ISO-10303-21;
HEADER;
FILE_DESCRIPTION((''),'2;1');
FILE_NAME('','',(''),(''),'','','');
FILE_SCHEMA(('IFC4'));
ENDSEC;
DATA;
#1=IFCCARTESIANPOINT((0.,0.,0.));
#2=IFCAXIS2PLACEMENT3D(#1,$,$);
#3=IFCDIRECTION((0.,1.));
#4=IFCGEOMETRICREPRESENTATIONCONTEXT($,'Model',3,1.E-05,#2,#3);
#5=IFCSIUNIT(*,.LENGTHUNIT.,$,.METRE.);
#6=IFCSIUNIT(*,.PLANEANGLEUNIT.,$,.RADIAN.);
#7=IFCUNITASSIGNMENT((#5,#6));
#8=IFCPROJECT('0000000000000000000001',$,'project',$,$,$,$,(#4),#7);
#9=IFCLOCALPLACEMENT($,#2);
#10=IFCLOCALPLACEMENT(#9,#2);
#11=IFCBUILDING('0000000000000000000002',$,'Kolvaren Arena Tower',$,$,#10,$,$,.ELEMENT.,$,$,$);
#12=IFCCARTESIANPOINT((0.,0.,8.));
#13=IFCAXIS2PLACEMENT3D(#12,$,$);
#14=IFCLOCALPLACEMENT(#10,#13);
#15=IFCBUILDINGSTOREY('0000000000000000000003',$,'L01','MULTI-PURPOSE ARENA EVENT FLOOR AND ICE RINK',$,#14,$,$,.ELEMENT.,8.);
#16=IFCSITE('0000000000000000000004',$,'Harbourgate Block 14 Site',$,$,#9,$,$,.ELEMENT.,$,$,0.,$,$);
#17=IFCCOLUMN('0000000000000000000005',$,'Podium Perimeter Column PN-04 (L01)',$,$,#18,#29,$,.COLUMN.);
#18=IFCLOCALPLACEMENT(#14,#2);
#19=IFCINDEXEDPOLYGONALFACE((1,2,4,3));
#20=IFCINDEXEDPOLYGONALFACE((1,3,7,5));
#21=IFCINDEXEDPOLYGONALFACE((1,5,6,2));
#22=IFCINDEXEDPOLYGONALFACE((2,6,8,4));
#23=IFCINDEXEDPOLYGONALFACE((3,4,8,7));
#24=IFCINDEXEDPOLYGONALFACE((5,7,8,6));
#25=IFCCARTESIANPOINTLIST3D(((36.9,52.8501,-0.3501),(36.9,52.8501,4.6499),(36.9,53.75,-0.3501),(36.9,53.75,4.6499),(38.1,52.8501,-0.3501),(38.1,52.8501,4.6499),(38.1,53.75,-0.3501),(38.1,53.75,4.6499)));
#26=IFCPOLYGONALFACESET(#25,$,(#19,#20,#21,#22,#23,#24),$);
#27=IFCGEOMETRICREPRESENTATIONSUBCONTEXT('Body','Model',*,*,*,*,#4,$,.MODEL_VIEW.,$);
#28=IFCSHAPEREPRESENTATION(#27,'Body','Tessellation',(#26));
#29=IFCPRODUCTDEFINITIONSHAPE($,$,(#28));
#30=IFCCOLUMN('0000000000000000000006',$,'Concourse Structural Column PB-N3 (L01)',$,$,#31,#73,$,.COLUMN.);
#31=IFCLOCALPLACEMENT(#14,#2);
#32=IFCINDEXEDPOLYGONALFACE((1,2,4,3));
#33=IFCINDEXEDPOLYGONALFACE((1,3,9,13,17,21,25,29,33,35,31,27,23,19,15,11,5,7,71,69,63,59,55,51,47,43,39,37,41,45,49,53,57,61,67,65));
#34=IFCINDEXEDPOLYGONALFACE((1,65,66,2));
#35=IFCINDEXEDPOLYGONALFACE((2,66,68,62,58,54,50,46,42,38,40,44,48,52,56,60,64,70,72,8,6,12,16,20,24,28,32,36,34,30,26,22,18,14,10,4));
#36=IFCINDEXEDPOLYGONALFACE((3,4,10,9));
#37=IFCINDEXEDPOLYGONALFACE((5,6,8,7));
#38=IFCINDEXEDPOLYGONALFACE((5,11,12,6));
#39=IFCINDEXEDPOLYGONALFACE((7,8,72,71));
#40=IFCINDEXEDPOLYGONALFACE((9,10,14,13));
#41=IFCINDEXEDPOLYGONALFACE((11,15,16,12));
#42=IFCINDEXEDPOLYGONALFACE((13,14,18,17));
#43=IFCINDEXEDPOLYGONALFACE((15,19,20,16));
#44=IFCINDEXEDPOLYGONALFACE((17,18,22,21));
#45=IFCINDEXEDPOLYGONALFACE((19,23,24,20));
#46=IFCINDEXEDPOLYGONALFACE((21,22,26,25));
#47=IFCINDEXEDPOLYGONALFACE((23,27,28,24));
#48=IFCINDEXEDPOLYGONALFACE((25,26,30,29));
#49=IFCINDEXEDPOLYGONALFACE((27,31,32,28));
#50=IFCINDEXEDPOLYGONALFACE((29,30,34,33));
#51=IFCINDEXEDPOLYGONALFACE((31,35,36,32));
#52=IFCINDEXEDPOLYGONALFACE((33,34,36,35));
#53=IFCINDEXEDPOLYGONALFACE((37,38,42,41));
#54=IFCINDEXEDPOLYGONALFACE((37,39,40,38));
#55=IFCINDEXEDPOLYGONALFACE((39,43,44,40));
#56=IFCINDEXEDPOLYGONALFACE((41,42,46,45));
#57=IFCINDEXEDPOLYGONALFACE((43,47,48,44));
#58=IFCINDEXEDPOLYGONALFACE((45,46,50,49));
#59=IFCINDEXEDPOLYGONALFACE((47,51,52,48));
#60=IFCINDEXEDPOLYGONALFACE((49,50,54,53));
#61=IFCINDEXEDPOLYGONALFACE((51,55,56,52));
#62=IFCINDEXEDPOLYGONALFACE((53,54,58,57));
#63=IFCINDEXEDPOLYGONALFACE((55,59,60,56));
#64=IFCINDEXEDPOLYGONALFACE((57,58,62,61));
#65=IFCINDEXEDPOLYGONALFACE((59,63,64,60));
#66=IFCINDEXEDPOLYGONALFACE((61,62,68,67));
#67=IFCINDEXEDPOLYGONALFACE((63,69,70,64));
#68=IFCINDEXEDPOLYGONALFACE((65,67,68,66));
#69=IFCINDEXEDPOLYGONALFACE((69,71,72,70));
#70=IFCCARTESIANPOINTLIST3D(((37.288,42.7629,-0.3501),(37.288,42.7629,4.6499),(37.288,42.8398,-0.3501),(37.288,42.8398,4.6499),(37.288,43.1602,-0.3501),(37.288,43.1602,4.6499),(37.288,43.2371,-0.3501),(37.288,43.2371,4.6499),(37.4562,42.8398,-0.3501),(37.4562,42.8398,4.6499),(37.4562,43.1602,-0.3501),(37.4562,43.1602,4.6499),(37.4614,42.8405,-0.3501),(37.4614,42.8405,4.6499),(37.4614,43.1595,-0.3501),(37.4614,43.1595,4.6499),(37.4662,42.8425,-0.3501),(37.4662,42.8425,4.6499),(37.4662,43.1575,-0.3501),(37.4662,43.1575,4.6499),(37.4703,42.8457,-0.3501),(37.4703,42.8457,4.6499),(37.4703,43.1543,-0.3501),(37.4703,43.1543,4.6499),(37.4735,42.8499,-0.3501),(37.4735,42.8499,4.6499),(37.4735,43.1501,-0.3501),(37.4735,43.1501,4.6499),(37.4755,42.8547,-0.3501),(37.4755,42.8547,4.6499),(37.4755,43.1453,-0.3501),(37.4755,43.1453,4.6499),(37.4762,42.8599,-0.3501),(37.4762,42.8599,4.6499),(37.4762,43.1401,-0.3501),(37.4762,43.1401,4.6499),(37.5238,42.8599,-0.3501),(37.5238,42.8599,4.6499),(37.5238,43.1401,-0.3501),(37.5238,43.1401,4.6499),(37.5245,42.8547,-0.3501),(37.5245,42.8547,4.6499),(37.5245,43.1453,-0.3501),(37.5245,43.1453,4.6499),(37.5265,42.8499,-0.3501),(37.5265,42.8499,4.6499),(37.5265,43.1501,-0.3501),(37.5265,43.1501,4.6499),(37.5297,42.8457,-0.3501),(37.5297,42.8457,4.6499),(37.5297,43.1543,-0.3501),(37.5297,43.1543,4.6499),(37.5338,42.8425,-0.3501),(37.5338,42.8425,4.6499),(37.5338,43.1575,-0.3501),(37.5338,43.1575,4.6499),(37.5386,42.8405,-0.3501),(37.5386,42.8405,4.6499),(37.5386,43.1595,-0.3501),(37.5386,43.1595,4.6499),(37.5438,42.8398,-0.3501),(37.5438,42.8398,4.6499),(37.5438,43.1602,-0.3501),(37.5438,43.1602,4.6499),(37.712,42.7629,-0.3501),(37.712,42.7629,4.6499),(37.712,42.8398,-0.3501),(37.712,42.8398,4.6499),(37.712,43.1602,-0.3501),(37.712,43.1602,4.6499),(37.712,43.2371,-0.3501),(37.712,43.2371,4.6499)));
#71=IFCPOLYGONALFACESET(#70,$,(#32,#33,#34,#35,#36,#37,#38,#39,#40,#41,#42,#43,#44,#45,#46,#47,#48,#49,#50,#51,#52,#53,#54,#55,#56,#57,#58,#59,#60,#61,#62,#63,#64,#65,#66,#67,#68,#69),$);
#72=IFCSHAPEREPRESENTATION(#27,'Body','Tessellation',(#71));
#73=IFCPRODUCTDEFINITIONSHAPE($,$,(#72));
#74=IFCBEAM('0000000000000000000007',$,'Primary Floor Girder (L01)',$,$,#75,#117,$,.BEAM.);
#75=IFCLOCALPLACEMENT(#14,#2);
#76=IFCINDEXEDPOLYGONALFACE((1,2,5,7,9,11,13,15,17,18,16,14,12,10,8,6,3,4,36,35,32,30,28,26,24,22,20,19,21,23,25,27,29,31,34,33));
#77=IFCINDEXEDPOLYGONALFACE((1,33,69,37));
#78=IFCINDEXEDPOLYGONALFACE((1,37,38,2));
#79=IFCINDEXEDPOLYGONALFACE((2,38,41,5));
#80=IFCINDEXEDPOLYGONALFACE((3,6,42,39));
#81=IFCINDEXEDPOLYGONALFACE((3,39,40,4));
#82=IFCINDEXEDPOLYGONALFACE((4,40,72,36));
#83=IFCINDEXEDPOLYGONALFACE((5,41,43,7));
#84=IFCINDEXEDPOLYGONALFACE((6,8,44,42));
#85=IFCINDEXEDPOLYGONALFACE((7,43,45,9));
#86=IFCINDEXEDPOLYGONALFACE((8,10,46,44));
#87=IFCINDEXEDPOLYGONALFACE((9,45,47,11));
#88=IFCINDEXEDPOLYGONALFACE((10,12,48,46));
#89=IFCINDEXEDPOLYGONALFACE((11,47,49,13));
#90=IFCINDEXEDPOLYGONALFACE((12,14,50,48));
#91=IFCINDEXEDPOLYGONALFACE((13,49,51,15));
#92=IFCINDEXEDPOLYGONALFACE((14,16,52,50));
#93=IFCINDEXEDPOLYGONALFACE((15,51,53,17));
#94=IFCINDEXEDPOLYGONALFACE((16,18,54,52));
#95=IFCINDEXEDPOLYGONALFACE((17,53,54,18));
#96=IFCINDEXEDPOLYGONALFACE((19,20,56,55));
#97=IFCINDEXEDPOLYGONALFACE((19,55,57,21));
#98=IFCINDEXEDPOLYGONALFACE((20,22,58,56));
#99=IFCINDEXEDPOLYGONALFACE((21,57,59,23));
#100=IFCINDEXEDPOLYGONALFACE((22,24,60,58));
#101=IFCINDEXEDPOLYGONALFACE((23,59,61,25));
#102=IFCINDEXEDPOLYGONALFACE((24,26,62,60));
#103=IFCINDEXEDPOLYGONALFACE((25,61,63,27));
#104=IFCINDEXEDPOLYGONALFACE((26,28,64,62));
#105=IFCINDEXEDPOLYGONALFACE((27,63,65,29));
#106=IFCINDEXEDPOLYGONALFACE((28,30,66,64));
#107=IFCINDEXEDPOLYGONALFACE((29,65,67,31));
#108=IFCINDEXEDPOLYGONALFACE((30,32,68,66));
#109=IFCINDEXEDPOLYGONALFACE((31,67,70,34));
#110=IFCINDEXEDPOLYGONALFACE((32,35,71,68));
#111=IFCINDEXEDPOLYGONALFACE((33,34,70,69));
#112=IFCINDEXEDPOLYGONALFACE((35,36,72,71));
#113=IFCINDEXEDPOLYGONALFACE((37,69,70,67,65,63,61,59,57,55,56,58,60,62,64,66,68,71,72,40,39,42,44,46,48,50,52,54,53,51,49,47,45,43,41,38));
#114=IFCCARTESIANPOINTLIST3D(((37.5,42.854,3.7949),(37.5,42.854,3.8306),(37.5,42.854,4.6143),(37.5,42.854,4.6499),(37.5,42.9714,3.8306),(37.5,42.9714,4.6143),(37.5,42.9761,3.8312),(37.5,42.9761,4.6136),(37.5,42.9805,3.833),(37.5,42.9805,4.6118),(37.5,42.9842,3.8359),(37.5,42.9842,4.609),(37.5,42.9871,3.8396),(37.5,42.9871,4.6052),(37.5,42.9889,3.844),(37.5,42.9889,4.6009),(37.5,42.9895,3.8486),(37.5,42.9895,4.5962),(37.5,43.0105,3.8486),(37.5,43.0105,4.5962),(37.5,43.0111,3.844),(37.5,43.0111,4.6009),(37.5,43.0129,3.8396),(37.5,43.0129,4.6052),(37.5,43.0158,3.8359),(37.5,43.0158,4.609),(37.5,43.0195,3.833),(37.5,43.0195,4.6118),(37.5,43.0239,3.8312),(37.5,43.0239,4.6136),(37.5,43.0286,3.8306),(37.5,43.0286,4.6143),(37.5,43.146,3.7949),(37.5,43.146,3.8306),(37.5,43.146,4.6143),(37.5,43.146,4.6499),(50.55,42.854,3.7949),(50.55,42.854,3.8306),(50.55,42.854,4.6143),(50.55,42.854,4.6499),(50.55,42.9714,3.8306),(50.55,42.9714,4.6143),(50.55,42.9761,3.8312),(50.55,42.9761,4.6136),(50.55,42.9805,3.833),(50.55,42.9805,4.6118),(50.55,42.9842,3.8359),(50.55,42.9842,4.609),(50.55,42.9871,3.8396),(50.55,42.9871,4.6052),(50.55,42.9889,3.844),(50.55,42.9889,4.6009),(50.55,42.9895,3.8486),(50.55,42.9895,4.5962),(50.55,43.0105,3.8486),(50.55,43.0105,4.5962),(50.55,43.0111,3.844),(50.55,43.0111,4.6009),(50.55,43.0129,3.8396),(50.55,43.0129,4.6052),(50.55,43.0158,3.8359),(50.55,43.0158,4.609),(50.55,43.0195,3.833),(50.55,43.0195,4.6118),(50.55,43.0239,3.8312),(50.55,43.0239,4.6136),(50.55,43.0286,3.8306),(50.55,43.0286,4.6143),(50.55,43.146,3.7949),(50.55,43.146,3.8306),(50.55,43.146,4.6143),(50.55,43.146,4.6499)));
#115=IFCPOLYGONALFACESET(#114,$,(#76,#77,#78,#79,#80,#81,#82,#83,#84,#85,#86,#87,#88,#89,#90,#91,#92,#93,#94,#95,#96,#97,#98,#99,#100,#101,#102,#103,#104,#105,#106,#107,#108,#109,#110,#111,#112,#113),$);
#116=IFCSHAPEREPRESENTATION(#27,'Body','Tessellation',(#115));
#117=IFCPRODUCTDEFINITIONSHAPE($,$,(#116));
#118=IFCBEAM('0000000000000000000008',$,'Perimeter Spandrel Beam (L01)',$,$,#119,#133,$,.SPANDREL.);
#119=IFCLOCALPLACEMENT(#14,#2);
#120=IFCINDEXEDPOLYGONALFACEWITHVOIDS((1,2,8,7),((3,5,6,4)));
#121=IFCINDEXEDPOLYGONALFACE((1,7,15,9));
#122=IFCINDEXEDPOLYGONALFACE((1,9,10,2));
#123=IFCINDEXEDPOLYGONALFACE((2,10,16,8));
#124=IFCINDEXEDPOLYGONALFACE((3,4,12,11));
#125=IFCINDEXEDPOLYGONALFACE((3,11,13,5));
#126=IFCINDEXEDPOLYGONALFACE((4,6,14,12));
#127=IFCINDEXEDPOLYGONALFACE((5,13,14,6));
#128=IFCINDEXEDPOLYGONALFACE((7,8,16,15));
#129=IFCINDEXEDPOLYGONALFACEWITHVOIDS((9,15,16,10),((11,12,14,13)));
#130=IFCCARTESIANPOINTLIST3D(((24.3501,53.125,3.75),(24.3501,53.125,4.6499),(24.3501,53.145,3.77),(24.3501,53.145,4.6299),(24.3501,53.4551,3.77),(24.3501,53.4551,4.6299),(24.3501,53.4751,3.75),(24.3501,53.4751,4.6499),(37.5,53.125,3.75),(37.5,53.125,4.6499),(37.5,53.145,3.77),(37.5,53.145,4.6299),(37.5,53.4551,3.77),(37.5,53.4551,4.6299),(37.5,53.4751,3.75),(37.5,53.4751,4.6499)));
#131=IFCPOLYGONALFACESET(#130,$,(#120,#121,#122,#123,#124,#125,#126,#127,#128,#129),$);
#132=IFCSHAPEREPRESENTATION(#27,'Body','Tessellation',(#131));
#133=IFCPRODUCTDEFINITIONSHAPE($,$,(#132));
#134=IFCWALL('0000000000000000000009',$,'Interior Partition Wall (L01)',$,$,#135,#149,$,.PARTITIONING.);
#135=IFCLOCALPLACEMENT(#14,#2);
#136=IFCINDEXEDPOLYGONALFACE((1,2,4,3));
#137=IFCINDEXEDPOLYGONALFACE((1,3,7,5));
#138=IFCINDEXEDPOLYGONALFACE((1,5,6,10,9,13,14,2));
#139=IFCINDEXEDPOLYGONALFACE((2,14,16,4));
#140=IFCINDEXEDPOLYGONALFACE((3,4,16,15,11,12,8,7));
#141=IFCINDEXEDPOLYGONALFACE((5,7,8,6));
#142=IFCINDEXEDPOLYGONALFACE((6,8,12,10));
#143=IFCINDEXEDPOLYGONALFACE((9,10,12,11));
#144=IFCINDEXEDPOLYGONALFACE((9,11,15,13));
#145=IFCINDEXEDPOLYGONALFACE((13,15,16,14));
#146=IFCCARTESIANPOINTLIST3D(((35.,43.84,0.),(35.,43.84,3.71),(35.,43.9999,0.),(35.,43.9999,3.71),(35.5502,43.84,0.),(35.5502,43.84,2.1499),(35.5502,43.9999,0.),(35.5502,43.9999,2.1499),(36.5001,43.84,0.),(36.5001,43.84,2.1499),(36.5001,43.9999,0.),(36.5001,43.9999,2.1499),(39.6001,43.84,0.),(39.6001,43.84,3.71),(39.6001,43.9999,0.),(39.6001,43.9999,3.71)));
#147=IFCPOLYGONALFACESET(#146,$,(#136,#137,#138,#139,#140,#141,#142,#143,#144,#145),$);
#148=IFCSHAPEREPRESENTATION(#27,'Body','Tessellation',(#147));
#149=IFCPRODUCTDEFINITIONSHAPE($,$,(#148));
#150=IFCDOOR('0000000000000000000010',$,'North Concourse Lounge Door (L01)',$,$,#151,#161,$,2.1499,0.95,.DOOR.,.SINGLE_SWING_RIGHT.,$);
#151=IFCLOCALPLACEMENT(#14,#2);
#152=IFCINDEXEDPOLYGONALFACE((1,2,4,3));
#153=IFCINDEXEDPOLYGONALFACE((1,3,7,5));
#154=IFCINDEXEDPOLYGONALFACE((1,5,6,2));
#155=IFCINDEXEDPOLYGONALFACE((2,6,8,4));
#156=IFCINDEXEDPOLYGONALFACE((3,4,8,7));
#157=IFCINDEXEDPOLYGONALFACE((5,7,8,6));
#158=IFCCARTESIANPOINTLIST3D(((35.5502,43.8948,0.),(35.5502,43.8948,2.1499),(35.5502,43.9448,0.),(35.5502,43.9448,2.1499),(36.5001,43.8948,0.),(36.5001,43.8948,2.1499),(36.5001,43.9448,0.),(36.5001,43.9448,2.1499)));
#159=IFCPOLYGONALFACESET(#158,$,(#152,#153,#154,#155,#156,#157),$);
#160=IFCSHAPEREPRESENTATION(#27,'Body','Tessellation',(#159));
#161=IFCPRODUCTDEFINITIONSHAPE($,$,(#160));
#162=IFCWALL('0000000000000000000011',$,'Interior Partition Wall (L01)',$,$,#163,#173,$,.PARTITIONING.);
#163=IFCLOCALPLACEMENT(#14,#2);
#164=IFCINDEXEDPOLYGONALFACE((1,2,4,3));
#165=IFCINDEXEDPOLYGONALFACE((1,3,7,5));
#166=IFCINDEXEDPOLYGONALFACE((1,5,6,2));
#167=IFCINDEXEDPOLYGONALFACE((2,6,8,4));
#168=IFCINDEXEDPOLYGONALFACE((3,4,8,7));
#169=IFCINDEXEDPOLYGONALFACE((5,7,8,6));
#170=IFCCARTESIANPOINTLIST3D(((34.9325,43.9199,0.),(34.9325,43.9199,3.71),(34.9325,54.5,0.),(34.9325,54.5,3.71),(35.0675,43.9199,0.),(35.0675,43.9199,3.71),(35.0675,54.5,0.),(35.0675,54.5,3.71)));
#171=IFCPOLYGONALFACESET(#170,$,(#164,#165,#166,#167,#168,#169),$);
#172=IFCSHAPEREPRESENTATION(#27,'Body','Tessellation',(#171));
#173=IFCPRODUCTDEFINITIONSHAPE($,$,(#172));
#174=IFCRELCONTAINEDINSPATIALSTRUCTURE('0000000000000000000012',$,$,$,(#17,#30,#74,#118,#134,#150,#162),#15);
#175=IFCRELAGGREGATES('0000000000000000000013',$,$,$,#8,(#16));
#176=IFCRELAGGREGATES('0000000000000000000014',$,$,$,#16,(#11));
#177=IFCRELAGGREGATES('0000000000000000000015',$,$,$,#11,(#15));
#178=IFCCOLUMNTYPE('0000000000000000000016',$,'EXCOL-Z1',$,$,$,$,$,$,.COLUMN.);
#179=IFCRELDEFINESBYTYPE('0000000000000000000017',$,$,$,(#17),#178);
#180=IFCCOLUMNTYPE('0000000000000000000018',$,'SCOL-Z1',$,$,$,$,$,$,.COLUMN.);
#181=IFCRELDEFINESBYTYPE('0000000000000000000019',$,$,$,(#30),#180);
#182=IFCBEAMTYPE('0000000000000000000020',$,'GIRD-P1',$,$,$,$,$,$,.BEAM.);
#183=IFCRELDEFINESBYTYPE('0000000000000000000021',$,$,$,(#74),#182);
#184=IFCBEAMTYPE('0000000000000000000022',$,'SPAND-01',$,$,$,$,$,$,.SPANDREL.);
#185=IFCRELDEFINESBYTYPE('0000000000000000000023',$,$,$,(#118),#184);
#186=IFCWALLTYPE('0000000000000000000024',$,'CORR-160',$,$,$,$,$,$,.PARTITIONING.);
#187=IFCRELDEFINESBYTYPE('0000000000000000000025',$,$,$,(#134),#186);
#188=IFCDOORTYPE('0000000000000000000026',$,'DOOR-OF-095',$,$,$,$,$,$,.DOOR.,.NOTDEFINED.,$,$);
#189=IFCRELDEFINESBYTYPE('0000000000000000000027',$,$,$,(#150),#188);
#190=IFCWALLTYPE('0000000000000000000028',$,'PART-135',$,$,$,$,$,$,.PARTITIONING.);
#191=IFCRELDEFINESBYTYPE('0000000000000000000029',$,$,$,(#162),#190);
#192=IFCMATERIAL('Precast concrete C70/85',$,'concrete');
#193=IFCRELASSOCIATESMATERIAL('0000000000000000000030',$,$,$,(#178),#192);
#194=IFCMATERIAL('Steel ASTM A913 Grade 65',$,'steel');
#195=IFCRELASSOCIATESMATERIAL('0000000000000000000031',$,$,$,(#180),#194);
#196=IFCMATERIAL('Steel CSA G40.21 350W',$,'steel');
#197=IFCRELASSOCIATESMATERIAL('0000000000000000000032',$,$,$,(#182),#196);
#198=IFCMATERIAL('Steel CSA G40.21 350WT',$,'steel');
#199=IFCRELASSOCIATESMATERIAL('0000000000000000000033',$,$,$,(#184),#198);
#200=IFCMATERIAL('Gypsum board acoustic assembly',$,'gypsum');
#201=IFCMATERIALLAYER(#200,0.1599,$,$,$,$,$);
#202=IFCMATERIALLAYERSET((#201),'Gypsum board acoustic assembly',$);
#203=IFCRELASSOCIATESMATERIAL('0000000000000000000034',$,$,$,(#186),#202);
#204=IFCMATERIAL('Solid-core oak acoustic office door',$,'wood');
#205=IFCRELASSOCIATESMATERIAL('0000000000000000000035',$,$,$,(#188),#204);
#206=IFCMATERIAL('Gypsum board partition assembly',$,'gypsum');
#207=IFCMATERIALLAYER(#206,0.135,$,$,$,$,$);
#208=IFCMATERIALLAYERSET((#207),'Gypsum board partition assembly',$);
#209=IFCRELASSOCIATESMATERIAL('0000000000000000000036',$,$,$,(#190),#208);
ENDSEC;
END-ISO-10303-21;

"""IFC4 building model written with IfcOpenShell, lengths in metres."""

from ifc_helpers import new_model, si_unit, direction, frame, frame_2d, origin, origin_2d, place, context, subcontext, project, spatial, rectangle, hollow_rectangle, i_section, extrude, material, layer, layer_set, material_profile, profile_set, type_object, element, fill, save


model = new_model("IFC4")

# Units and contexts
model_context = context("Model", 3, precision=1e-05, world=origin(), true_north=direction((0.0, 1.0)))
body_context = subcontext(model_context, "Body", "Model", "MODEL_VIEW")
ifc_project = project(units=[si_unit("LENGTHUNIT", "METRE"), si_unit("PLANEANGLEUNIT", "RADIAN")], contexts=[model_context])

# Site, building, storey
site_placement = place(None, origin())
site = spatial("IfcSite", under=ifc_project, at=site_placement, Name="Harbourgate Block 14 Site", CompositionType="ELEMENT", RefElevation=0.0)
building_placement = place(site_placement, origin())
building = spatial("IfcBuilding", under=site, at=building_placement, Name="Kolvaren Arena Tower", CompositionType="ELEMENT")
storey_placement = place(building_placement, frame((0.0, 0.0, 8.0)))
storey = spatial("IfcBuildingStorey", under=building, at=storey_placement, Name="L01", Description="MULTI-PURPOSE ARENA EVENT FLOOR AND ICE RINK", CompositionType="ELEMENT", Elevation=8.0)

# Columns
ifc_material_1 = material(Name="Precast concrete C70/85", Category="concrete")
ifc_material_profile_1 = material_profile(ifc_material_1, rectangle(XDim=1.2, YDim=0.8999, at=origin_2d()), Name="RC-1200x900")
ifc_profile_set_1 = profile_set([ifc_material_profile_1], Name="Precast concrete C70/85")
column_type_1 = type_object("IfcColumnType", Name="EXCOL-Z1", PredefinedType="COLUMN", material=ifc_profile_set_1)
column_1_placement = place(storey_placement, frame((37.5, 53.3, -0.3501), z_axis=(0.0, 0.0, 1.0), x_axis=(1.0, 0.0, 0.0)))
element("IfcColumn", 1, at=column_1_placement, inside=storey, type_object=column_type_1, Name="Podium Perimeter Column PN-04 (L01)", PredefinedType="COLUMN", context=body_context, shape_type="SweptSolid", body=[
    extrude(rectangle(XDim=1.2, YDim=0.8999, at=origin_2d()), origin(), (0.0, 0.0, 1.0), 5.0),
])
ifc_material_2 = material(Name="Steel ASTM A913 Grade 65", Category="steel")
ifc_material_profile_2 = material_profile(ifc_material_2, i_section(OverallWidth=0.4241, OverallDepth=0.4741, WebThickness=0.0476, FlangeThickness=0.0769, FilletRadius=0.02, at=origin_2d()), Name="W360x634")
ifc_profile_set_2 = profile_set([ifc_material_profile_2], Name="Steel ASTM A913 Grade 65")
column_type_2 = type_object("IfcColumnType", Name="SCOL-Z1", PredefinedType="COLUMN", material=ifc_profile_set_2)
column_2_placement = place(storey_placement, frame((37.5, 43.0, -0.3501), z_axis=(0.0, 0.0, 1.0), x_axis=(1.0, 0.0, 0.0)))
element("IfcColumn", 2, at=column_2_placement, inside=storey, type_object=column_type_2, Name="Concourse Structural Column PB-N3 (L01)", PredefinedType="COLUMN", context=body_context, shape_type="SweptSolid", body=[
    extrude(i_section(OverallWidth=0.4241, OverallDepth=0.4741, WebThickness=0.0476, FlangeThickness=0.0769, FilletRadius=0.02, at=origin_2d()), origin(), (0.0, 0.0, 1.0), 5.0),
])

# Beams
ifc_material_3 = material(Name="Steel CSA G40.21 350W", Category="steel")
ifc_material_profile_3 = material_profile(ifc_material_3, i_section(OverallWidth=0.292, OverallDepth=0.855, WebThickness=0.021, FlangeThickness=0.0356, FilletRadius=0.0181, at=origin_2d()), Name="W840x299")
ifc_profile_set_3 = profile_set([ifc_material_profile_3], Name="Steel CSA G40.21 350W")
beam_type_1 = type_object("IfcBeamType", Name="GIRD-P1", PredefinedType="BEAM", material=ifc_profile_set_3)
beam_1_placement = place(storey_placement, frame((37.5, 43.0, 4.2224), z_axis=(1.0, 0.0, 0.0), x_axis=(0.0, 1.0, 0.0)))
element("IfcBeam", 3, at=beam_1_placement, inside=storey, type_object=beam_type_1, Name="Primary Floor Girder (L01)", PredefinedType="BEAM", context=body_context, shape_type="SweptSolid", body=[
    extrude(i_section(OverallWidth=0.292, OverallDepth=0.855, WebThickness=0.021, FlangeThickness=0.0356, FilletRadius=0.0181, at=origin_2d()), origin(), (0.0, 0.0, 1.0), 13.05),
])
ifc_material_4 = material(Name="Steel CSA G40.21 350WT", Category="steel")
ifc_material_profile_4 = material_profile(ifc_material_4, hollow_rectangle(XDim=0.3501, YDim=0.8999, WallThickness=0.02, at=origin_2d()), Name="HSS 900x350x20")
ifc_profile_set_4 = profile_set([ifc_material_profile_4], Name="Steel CSA G40.21 350WT")
beam_type_2 = type_object("IfcBeamType", Name="SPAND-01", PredefinedType="SPANDREL", material=ifc_profile_set_4)
beam_2_placement = place(storey_placement, frame((37.5, 53.3, 4.2), z_axis=(-1.0, 0.0, 0.0), x_axis=(0.0, -1.0, 0.0)))
element("IfcBeam", 4, at=beam_2_placement, inside=storey, type_object=beam_type_2, Name="Perimeter Spandrel Beam (L01)", PredefinedType="SPANDREL", context=body_context, shape_type="SweptSolid", body=[
    extrude(hollow_rectangle(XDim=0.3501, YDim=0.8999, WallThickness=0.02, at=origin_2d()), origin(), (0.0, 0.0, 1.0), 13.1499),
])

# Wall, opening, door
ifc_material_5 = material(Name="Gypsum board acoustic assembly", Category="gypsum")
ifc_layer_1 = layer(ifc_material_5, 0.1599)
ifc_layer_set_1 = layer_set([ifc_layer_1], Name="Gypsum board acoustic assembly")
wall_type_1 = type_object("IfcWallType", Name="CORR-160", PredefinedType="PARTITIONING", material=ifc_layer_set_1)
wall_1_placement = place(storey_placement, frame((35.0, 43.9199, 0.0), z_axis=(0.0, 0.0, 1.0), x_axis=(1.0, 0.0, 0.0)))
wall_1 = element("IfcWall", 5, at=wall_1_placement, inside=storey, type_object=wall_type_1, Name="Interior Partition Wall (L01)", PredefinedType="PARTITIONING", context=body_context, shape_type="SweptSolid", body=[
    extrude(rectangle(XDim=4.6001, YDim=0.1599, at=frame_2d((2.3, 0.0))), origin(), (0.0, 0.0, 1.0), 3.71),
])
opening_1_placement = place(wall_1_placement, frame((0.55, 0.0, 0.0)))
opening_1 = element("IfcOpeningElement", 6, at=opening_1_placement, cuts=wall_1, PredefinedType="OPENING", context=body_context, shape_type="SweptSolid", body=[
    extrude(rectangle(XDim=0.95, YDim=2.1499, at=frame_2d((0.4751, 1.075))), frame((0.0, 0.0898, 0.0), z_axis=(0.0, -1.0, 0.0), x_axis=(1.0, 0.0, 0.0)), (0.0, 0.0, 1.0), 0.1799),
])
ifc_material_6 = material(Name="Solid-core oak acoustic office door", Category="wood")
door_type_1 = type_object("IfcDoorType", Name="DOOR-OF-095", OperationType="NOTDEFINED", PredefinedType="DOOR", material=ifc_material_6)
door_1_placement = place(opening_1_placement, origin())
door_1 = element("IfcDoor", 7, at=door_1_placement, inside=storey, type_object=door_type_1, Name="North Concourse Lounge Door (L01)", OperationType="SINGLE_SWING_RIGHT", OverallHeight=2.1499, OverallWidth=0.95, PredefinedType="DOOR", context=body_context, shape_type="SweptSolid", body=[
    extrude(rectangle(XDim=0.95, YDim=2.1499, at=frame_2d((0.4751, 1.075))), frame((0.0, 0.0249, 0.0), z_axis=(0.0, -1.0, 0.0), x_axis=(1.0, 0.0, 0.0)), (0.0, 0.0, 1.0), 0.05),
])
fill(opening_1, door_1)

# Wall
ifc_material_7 = material(Name="Gypsum board partition assembly", Category="gypsum")
ifc_layer_2 = layer(ifc_material_7, 0.135)
ifc_layer_set_2 = layer_set([ifc_layer_2], Name="Gypsum board partition assembly")
wall_type_2 = type_object("IfcWallType", Name="PART-135", PredefinedType="PARTITIONING", material=ifc_layer_set_2)
for number, where, z_axis, x_axis, name in (
    (8, (35.0, 43.9199, 0.0), (0.0, 0.0, 1.0), (0.0, 1.0, 0.0), "Interior Partition Wall (L01)"),
):
    element("IfcWall", number, at=place(storey_placement, frame(where, z_axis=z_axis, x_axis=x_axis)), inside=storey, type_object=wall_type_2, Name=name, PredefinedType="PARTITIONING", context=body_context, shape_type="SweptSolid", body=[
        extrude(rectangle(XDim=10.5801, YDim=0.135, at=frame_2d((5.29, 0.0))), origin(), (0.0, 0.0, 1.0), 3.71),
    ])

save(model, "model.ifc")
